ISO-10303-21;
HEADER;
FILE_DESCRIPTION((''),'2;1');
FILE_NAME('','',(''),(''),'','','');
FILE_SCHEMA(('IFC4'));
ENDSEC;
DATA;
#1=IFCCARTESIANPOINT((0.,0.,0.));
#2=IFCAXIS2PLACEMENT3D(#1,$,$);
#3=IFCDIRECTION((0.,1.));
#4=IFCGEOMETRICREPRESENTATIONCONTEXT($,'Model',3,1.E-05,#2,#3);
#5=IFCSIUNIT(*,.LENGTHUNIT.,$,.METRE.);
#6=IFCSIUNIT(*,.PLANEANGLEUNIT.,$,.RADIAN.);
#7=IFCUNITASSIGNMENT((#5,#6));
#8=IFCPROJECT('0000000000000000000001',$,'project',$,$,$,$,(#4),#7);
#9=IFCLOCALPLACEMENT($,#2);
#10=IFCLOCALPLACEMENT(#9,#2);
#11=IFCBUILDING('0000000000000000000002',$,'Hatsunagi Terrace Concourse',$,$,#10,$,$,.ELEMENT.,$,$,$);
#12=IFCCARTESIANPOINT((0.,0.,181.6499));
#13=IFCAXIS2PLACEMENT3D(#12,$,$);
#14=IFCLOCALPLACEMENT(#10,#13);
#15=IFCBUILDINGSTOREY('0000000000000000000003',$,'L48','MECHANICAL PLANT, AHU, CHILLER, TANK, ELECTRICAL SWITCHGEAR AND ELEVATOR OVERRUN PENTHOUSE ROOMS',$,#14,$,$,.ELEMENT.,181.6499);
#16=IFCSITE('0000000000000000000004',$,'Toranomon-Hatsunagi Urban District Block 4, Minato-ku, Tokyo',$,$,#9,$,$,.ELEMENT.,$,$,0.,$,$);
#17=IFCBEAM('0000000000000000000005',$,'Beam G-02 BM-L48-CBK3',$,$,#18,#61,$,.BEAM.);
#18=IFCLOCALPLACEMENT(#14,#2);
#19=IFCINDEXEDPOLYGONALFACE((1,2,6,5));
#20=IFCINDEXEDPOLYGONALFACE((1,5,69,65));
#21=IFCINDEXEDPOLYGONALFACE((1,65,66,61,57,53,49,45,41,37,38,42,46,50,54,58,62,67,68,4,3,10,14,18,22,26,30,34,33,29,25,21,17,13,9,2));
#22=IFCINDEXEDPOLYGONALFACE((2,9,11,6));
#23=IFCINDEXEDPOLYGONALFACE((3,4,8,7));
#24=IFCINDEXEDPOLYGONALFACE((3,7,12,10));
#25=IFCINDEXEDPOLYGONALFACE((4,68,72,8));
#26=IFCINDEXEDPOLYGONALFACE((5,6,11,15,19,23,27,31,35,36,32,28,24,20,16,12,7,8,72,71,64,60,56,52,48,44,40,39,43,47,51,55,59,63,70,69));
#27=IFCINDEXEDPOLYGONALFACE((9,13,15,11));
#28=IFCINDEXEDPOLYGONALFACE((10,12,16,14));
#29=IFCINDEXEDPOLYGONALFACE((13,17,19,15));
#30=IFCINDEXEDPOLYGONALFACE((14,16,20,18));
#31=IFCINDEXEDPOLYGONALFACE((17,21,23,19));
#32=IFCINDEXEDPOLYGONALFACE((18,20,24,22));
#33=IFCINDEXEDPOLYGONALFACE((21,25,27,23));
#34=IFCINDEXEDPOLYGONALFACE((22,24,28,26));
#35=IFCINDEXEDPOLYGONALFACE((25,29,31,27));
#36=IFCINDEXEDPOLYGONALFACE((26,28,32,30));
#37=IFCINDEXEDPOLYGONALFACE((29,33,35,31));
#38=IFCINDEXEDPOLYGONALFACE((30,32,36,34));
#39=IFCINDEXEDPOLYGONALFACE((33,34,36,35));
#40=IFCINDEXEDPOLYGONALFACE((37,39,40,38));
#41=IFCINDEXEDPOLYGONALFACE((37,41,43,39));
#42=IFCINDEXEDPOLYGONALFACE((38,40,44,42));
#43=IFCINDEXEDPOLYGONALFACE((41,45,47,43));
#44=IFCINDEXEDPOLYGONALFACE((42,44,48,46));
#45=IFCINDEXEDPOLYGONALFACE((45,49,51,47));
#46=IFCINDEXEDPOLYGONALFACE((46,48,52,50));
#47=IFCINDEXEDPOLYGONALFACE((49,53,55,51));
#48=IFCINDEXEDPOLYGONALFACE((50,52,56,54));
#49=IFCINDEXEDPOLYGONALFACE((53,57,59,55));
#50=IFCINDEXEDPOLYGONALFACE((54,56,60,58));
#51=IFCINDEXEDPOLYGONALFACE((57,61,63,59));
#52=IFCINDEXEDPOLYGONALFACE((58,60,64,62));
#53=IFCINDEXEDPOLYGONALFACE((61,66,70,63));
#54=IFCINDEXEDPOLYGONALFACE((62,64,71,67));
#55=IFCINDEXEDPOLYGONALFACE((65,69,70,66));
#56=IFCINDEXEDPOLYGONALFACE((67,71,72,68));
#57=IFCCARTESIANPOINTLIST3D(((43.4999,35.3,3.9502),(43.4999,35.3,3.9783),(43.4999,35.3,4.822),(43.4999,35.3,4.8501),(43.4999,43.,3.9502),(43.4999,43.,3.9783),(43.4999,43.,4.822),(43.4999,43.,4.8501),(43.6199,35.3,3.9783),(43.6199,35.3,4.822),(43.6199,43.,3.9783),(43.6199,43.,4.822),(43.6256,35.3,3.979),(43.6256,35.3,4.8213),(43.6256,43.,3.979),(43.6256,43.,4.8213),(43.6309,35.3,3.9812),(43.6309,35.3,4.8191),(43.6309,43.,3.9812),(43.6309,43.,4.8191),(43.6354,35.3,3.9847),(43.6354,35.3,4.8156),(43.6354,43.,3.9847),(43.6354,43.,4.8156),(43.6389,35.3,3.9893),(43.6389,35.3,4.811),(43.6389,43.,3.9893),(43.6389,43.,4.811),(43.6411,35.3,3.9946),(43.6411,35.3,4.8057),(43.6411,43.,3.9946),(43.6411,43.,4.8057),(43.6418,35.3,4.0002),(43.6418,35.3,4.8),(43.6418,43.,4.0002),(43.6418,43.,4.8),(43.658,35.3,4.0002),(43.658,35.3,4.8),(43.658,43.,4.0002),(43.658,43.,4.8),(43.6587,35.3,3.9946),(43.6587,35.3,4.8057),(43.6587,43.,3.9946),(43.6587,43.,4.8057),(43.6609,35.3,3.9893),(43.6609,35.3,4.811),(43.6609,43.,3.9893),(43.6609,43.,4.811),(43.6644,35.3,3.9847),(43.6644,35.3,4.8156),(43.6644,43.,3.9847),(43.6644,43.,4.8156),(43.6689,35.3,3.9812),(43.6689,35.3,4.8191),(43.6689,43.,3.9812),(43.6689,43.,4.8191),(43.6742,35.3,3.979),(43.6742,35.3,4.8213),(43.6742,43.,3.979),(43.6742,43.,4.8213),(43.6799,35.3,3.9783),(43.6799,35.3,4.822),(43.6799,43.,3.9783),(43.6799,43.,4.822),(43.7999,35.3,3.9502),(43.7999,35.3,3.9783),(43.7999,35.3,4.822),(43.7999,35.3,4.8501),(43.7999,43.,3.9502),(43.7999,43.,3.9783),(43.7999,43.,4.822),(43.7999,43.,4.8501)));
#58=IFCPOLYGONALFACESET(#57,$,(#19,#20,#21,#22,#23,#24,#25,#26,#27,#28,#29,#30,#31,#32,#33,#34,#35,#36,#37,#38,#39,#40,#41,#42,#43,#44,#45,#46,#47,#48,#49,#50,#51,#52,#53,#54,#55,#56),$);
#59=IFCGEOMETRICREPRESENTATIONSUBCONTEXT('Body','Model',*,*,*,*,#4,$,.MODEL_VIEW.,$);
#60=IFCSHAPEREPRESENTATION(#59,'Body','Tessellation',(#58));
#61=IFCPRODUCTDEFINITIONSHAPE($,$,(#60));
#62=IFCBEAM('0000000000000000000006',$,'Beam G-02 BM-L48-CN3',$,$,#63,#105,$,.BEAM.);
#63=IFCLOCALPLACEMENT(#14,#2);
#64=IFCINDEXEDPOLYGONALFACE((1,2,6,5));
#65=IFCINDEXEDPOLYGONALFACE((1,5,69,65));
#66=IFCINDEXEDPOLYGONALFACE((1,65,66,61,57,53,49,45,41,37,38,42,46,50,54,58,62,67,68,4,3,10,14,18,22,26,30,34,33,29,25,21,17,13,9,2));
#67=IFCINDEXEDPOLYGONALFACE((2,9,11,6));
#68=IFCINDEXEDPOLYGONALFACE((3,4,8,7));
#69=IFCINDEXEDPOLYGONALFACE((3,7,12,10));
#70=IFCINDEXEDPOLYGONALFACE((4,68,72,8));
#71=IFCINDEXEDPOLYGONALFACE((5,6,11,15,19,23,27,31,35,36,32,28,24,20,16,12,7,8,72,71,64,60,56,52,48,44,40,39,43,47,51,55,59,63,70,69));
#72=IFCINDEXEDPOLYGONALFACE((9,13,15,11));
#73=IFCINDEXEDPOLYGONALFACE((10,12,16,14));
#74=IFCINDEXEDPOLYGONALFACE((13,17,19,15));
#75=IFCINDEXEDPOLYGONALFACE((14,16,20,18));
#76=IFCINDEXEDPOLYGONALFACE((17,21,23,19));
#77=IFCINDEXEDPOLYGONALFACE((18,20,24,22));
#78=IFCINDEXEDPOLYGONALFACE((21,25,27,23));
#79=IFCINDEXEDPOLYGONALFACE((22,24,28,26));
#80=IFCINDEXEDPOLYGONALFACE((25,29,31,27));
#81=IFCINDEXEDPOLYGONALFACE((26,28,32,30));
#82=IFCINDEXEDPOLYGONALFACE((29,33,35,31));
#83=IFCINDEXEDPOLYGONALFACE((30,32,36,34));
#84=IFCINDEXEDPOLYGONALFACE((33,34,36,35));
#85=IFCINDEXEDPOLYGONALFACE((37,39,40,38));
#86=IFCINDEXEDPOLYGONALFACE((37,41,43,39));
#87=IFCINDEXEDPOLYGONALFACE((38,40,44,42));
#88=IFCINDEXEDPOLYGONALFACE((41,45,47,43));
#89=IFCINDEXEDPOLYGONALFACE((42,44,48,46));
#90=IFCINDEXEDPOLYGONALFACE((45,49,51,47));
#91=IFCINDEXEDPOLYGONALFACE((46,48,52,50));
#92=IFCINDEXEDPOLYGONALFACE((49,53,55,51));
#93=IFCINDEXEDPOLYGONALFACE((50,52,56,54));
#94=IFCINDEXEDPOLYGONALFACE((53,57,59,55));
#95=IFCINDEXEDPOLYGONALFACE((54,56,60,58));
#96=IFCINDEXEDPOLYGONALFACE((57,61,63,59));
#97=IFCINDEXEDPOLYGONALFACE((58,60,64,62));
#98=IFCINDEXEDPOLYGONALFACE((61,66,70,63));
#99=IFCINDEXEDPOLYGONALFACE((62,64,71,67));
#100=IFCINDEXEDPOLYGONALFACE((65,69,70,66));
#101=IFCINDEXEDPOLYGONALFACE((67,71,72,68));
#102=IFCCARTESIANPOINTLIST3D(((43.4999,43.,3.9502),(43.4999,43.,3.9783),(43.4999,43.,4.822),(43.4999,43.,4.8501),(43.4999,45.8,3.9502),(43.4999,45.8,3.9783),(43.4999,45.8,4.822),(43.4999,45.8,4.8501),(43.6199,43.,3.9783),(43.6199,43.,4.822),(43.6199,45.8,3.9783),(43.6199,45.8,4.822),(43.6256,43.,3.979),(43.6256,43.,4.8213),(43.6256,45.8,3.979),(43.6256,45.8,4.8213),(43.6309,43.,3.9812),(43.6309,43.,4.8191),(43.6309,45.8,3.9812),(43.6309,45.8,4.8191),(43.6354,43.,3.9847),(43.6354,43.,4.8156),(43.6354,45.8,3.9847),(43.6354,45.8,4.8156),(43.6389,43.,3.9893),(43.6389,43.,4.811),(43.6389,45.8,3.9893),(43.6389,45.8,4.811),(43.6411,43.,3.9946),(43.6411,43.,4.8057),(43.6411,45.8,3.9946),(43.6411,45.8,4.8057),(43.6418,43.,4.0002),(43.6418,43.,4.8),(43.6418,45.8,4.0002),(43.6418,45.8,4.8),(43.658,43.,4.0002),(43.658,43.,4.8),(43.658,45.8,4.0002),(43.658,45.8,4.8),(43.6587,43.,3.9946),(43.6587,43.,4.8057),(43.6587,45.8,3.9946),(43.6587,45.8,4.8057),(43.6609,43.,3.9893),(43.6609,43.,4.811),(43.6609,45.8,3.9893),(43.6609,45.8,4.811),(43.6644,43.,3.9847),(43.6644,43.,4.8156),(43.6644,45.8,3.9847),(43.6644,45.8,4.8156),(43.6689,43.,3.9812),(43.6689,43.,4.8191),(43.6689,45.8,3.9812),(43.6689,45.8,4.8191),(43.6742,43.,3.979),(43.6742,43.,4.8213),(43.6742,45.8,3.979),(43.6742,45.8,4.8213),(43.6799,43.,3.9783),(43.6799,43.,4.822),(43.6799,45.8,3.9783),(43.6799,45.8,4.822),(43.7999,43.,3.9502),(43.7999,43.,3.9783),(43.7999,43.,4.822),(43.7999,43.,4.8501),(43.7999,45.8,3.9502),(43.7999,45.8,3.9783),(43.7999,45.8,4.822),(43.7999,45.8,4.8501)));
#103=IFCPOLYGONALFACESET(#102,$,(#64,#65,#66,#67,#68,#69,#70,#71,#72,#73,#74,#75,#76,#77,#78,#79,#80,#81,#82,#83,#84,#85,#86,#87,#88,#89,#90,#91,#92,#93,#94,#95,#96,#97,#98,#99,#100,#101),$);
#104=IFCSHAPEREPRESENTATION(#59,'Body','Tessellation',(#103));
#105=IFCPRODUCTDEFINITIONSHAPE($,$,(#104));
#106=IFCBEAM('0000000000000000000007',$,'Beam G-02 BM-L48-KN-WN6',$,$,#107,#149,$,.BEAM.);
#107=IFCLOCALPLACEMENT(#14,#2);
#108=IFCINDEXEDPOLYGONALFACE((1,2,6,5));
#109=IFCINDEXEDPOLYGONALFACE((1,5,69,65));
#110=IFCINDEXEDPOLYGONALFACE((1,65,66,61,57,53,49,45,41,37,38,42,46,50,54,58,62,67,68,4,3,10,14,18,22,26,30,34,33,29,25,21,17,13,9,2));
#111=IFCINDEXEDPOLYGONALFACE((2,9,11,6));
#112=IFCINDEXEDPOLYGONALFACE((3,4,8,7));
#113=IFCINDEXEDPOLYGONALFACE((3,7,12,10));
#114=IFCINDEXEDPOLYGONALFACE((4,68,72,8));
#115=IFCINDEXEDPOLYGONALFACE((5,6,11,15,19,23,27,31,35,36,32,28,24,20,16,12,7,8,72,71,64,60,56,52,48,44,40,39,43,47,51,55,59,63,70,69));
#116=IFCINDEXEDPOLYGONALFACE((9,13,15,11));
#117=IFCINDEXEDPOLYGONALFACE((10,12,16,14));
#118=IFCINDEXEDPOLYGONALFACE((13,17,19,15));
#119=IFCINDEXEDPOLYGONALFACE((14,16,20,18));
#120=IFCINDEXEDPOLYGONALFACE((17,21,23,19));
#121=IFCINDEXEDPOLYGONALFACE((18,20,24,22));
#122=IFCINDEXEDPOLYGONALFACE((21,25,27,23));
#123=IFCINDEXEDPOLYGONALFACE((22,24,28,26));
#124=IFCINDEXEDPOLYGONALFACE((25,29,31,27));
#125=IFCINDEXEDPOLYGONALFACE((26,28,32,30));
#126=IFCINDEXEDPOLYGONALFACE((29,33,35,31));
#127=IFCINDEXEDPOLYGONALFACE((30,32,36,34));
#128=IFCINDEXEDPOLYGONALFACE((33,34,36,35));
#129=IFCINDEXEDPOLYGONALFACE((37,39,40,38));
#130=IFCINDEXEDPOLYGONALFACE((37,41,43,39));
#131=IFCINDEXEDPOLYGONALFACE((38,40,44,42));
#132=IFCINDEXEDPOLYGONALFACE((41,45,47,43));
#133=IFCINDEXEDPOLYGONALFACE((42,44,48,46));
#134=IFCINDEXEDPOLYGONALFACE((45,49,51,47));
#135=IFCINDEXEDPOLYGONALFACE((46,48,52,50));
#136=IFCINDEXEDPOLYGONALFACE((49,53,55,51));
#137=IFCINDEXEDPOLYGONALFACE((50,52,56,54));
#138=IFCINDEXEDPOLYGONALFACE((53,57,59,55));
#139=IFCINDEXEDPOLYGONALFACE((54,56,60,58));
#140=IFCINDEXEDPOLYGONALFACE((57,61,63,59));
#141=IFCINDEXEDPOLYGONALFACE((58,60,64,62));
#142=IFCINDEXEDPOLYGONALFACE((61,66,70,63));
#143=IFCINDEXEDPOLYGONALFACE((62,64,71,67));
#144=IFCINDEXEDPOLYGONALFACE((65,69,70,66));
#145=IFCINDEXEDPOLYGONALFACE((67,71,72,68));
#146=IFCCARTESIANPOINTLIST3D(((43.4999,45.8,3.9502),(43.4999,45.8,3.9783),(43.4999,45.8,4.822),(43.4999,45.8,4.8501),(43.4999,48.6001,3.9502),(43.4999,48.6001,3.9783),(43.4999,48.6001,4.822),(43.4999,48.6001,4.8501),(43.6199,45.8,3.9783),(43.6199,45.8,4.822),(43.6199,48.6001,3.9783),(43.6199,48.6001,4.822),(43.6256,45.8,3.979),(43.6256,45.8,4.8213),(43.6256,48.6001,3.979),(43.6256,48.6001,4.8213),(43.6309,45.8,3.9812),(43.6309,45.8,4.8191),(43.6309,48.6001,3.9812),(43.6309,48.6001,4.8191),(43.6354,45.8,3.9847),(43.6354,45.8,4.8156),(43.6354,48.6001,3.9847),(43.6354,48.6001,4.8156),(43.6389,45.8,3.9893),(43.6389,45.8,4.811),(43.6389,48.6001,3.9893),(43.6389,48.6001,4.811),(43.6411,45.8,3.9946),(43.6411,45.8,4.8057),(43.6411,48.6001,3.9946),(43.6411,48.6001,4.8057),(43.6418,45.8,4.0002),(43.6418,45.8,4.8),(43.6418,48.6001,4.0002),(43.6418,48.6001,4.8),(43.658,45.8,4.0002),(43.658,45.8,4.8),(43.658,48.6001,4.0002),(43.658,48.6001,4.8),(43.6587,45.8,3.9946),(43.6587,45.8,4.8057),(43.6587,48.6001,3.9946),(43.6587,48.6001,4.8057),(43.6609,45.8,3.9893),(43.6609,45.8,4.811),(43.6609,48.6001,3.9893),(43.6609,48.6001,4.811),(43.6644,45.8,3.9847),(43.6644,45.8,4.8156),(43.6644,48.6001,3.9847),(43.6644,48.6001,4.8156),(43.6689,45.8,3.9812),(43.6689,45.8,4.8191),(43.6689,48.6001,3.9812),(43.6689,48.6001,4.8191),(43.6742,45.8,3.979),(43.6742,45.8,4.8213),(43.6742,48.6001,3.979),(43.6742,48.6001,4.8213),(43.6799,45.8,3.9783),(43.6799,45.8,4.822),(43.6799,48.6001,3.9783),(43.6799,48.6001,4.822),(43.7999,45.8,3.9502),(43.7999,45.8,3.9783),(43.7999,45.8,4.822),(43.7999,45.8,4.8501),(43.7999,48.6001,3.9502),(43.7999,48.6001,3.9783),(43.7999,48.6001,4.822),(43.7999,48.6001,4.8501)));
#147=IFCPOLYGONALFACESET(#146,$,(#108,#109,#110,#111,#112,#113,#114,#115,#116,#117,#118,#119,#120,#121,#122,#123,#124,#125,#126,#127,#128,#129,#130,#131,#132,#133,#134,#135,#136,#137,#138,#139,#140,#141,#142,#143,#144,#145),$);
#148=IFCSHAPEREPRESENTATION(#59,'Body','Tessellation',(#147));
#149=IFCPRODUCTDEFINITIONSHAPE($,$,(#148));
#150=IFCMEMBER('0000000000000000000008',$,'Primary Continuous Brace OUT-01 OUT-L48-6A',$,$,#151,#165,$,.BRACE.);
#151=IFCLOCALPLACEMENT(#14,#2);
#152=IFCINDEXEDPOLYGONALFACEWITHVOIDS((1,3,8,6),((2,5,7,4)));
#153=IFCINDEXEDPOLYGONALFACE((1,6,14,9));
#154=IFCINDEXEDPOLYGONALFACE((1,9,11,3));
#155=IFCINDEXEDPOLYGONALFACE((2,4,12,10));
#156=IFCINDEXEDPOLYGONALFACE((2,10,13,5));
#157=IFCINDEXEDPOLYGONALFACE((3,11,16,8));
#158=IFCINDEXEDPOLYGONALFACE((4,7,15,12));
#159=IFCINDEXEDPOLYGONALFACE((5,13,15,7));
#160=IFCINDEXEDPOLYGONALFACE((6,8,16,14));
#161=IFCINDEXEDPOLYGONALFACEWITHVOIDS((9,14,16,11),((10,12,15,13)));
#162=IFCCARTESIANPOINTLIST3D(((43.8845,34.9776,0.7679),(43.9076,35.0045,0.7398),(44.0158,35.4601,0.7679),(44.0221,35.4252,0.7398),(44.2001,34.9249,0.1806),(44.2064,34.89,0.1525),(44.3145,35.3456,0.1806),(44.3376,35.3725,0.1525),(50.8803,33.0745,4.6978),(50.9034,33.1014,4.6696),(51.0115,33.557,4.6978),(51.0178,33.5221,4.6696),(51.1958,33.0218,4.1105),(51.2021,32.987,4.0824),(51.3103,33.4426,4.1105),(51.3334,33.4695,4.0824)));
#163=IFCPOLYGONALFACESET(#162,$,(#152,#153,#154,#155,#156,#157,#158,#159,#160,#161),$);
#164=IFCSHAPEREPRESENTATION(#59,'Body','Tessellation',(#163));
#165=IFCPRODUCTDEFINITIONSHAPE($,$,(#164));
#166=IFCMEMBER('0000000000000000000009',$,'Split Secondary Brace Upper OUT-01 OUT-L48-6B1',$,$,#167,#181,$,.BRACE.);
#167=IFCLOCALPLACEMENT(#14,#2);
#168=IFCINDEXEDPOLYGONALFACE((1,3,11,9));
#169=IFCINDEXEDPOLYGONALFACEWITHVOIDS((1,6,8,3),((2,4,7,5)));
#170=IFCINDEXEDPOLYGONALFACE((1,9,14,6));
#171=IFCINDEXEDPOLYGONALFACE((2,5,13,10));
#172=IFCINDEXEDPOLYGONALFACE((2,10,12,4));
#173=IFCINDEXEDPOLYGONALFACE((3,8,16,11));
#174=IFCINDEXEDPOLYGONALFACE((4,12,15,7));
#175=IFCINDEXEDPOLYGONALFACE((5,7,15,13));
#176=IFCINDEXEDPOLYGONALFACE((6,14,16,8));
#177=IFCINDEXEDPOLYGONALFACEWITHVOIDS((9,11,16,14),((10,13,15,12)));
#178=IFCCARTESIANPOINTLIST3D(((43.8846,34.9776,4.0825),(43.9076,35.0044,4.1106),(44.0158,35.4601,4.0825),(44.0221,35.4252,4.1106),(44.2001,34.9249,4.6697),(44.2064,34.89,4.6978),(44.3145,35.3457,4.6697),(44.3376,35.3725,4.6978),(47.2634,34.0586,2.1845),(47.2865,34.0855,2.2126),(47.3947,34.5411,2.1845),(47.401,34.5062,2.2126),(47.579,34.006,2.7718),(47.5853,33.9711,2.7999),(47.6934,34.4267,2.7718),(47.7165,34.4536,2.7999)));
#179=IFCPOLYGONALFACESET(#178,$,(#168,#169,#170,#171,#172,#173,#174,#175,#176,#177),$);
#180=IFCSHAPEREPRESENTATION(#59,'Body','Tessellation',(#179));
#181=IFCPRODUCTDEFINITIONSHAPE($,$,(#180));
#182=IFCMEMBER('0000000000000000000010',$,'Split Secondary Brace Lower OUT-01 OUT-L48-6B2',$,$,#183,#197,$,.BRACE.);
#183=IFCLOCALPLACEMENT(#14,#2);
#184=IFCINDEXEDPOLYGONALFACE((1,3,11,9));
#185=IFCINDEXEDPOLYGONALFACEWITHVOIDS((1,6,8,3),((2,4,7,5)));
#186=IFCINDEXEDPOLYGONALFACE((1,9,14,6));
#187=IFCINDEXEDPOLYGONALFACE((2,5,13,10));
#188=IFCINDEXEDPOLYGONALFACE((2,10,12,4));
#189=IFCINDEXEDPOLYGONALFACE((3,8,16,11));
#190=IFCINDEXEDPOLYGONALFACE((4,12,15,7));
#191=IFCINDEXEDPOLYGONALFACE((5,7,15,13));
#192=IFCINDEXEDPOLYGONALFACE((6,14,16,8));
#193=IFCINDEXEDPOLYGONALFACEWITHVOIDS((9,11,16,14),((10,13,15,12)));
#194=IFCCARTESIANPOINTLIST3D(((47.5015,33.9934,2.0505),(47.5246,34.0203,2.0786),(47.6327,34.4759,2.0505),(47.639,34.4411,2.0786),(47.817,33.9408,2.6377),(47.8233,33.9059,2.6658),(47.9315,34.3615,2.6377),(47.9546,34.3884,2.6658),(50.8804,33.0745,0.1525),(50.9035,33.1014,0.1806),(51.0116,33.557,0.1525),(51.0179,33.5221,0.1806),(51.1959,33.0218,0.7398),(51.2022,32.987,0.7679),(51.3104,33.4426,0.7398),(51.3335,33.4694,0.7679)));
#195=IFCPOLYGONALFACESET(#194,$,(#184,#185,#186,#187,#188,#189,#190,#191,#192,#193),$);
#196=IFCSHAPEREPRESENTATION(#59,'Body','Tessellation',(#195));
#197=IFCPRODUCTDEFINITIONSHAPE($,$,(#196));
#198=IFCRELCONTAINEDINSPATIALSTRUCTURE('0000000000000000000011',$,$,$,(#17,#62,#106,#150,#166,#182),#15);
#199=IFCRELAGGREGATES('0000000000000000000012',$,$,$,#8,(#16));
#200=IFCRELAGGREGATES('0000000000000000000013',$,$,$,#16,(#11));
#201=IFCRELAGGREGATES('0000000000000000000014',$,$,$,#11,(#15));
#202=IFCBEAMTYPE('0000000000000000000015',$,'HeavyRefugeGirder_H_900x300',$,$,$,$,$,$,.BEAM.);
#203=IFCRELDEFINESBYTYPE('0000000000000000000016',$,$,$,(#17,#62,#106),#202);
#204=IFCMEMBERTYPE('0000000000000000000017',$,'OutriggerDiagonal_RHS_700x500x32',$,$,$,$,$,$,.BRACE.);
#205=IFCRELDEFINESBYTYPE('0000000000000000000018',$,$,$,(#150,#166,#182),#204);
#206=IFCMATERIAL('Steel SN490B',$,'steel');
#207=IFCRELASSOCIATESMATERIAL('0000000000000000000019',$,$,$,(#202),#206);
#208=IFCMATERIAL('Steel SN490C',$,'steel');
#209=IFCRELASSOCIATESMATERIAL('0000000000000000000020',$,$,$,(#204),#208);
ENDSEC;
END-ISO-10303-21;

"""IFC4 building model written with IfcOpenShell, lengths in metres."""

from ifc_helpers import new_model, si_unit, direction, frame, origin, origin_2d, place, context, subcontext, project, spatial, hollow_rectangle, i_section, extrude, material, material_profile, profile_set, type_object, element, save


model = new_model("IFC4")

# Units and contexts
model_context = context("Model", 3, precision=1e-05, world=origin(), true_north=direction((0.0, 1.0)))
body_context = subcontext(model_context, "Body", "Model", "MODEL_VIEW")
ifc_project = project(units=[si_unit("LENGTHUNIT", "METRE"), si_unit("PLANEANGLEUNIT", "RADIAN")], contexts=[model_context])

# Site, building, storey
site_placement = place(None, origin())
site = spatial("IfcSite", under=ifc_project, at=site_placement, Name="Toranomon-Hatsunagi Urban District Block 4, Minato-ku, Tokyo", CompositionType="ELEMENT", RefElevation=0.0)
building_placement = place(site_placement, origin())
building = spatial("IfcBuilding", under=site, at=building_placement, Name="Hatsunagi Terrace Concourse", CompositionType="ELEMENT")
storey_placement = place(building_placement, frame((0.0, 0.0, 181.6499)))
storey = spatial("IfcBuildingStorey", under=building, at=storey_placement, Name="L48", Description="MECHANICAL PLANT, AHU, CHILLER, TANK, ELECTRICAL SWITCHGEAR AND ELEVATOR OVERRUN PENTHOUSE ROOMS", CompositionType="ELEMENT", Elevation=181.6499)

# Beams
ifc_material_1 = material(Name="Steel SN490B", Category="steel")
ifc_material_profile_1 = material_profile(ifc_material_1, i_section(OverallWidth=0.3, OverallDepth=0.8999, WebThickness=0.0161, FlangeThickness=0.0281, FilletRadius=0.022, at=origin_2d()), Name="H-900x300x16x28")
ifc_profile_set_1 = profile_set([ifc_material_profile_1], Name="Steel SN490B")
beam_type_1 = type_object("IfcBeamType", Name="HeavyRefugeGirder_H_900x300", PredefinedType="BEAM", material=ifc_profile_set_1)
beam_1_placement = place(storey_placement, frame((43.6499, 35.3, 4.4001), z_axis=(0.0, 1.0, 0.0), x_axis=(-1.0, 0.0, 0.0)))
element("IfcBeam", 1, at=beam_1_placement, inside=storey, type_object=beam_type_1, Name="Beam G-02 BM-L48-CBK3", PredefinedType="BEAM", context=body_context, shape_type="SweptSolid", body=[
    extrude(i_section(OverallWidth=0.3, OverallDepth=0.8999, WebThickness=0.0161, FlangeThickness=0.0281, FilletRadius=0.022, at=origin_2d()), origin(), (0.0, 0.0, 1.0), 7.7),
])
for number, where, z_axis, x_axis, name in (
    (2, (43.6499, 43.0, 4.4001), (0.0, 1.0, 0.0), (-1.0, 0.0, 0.0), "Beam G-02 BM-L48-CN3"),
    (3, (43.6499, 45.8, 4.4001), (0.0, 1.0, 0.0), (-1.0, 0.0, 0.0), "Beam G-02 BM-L48-KN-WN6"),
):
    element("IfcBeam", number, at=place(storey_placement, frame(where, z_axis=z_axis, x_axis=x_axis)), inside=storey, type_object=beam_type_1, Name=name, PredefinedType="BEAM", context=body_context, shape_type="SweptSolid", body=[
        extrude(i_section(OverallWidth=0.3, OverallDepth=0.8999, WebThickness=0.0161, FlangeThickness=0.0281, FilletRadius=0.022, at=origin_2d()), origin(), (0.0, 0.0, 1.0), 2.8),
    ])

# Members
ifc_material_2 = material(Name="Steel SN490C", Category="steel")
ifc_material_profile_2 = material_profile(ifc_material_2, hollow_rectangle(XDim=0.5, YDim=0.7, WallThickness=0.032, at=origin_2d()), Name="RHS-700x500x32")
ifc_profile_set_2 = profile_set([ifc_material_profile_2], Name="Steel SN490C")
member_type_1 = type_object("IfcMemberType", Name="OutriggerDiagonal_RHS_700x500x32", PredefinedType="BRACE", material=ifc_profile_set_2)
member_1_placement = place(storey_placement, frame((44.1111, 35.175, 0.4602), z_axis=(0.848322, -0.230768, 0.476546), x_axis=(0.26249, 0.964935, 0.0)))
element("IfcMember", 4, at=member_1_placement, inside=storey, type_object=member_type_1, Name="Primary Continuous Brace OUT-01 OUT-L48-6A", PredefinedType="BRACE", context=body_context, shape_type="SweptSolid", body=[
    extrude(hollow_rectangle(XDim=0.5, YDim=0.7, WallThickness=0.032, at=origin_2d()), origin(), (0.0, 0.0, 1.0), 8.2466),
])
for number, where, z_axis, x_axis, name in (
    (5, (44.1111, 35.175, 4.3901), (0.848348, -0.230721, -0.476522), (0.262433, 0.96495, 0.0), "Split Secondary Brace Upper OUT-01 OUT-L48-6B1"),
    (6, (47.728, 34.1909, 2.3582), (0.848348, -0.230721, -0.476522), (0.262433, 0.96495, 0.0), "Split Secondary Brace Lower OUT-01 OUT-L48-6B2"),
):
    element("IfcMember", number, at=place(storey_placement, frame(where, z_axis=z_axis, x_axis=x_axis)), inside=storey, type_object=member_type_1, Name=name, PredefinedType="BRACE", context=body_context, shape_type="SweptSolid", body=[
        extrude(hollow_rectangle(XDim=0.5, YDim=0.7, WallThickness=0.032, at=origin_2d()), origin(), (0.0, 0.0, 1.0), 3.9829),
    ])

save(model, "model.ifc")
